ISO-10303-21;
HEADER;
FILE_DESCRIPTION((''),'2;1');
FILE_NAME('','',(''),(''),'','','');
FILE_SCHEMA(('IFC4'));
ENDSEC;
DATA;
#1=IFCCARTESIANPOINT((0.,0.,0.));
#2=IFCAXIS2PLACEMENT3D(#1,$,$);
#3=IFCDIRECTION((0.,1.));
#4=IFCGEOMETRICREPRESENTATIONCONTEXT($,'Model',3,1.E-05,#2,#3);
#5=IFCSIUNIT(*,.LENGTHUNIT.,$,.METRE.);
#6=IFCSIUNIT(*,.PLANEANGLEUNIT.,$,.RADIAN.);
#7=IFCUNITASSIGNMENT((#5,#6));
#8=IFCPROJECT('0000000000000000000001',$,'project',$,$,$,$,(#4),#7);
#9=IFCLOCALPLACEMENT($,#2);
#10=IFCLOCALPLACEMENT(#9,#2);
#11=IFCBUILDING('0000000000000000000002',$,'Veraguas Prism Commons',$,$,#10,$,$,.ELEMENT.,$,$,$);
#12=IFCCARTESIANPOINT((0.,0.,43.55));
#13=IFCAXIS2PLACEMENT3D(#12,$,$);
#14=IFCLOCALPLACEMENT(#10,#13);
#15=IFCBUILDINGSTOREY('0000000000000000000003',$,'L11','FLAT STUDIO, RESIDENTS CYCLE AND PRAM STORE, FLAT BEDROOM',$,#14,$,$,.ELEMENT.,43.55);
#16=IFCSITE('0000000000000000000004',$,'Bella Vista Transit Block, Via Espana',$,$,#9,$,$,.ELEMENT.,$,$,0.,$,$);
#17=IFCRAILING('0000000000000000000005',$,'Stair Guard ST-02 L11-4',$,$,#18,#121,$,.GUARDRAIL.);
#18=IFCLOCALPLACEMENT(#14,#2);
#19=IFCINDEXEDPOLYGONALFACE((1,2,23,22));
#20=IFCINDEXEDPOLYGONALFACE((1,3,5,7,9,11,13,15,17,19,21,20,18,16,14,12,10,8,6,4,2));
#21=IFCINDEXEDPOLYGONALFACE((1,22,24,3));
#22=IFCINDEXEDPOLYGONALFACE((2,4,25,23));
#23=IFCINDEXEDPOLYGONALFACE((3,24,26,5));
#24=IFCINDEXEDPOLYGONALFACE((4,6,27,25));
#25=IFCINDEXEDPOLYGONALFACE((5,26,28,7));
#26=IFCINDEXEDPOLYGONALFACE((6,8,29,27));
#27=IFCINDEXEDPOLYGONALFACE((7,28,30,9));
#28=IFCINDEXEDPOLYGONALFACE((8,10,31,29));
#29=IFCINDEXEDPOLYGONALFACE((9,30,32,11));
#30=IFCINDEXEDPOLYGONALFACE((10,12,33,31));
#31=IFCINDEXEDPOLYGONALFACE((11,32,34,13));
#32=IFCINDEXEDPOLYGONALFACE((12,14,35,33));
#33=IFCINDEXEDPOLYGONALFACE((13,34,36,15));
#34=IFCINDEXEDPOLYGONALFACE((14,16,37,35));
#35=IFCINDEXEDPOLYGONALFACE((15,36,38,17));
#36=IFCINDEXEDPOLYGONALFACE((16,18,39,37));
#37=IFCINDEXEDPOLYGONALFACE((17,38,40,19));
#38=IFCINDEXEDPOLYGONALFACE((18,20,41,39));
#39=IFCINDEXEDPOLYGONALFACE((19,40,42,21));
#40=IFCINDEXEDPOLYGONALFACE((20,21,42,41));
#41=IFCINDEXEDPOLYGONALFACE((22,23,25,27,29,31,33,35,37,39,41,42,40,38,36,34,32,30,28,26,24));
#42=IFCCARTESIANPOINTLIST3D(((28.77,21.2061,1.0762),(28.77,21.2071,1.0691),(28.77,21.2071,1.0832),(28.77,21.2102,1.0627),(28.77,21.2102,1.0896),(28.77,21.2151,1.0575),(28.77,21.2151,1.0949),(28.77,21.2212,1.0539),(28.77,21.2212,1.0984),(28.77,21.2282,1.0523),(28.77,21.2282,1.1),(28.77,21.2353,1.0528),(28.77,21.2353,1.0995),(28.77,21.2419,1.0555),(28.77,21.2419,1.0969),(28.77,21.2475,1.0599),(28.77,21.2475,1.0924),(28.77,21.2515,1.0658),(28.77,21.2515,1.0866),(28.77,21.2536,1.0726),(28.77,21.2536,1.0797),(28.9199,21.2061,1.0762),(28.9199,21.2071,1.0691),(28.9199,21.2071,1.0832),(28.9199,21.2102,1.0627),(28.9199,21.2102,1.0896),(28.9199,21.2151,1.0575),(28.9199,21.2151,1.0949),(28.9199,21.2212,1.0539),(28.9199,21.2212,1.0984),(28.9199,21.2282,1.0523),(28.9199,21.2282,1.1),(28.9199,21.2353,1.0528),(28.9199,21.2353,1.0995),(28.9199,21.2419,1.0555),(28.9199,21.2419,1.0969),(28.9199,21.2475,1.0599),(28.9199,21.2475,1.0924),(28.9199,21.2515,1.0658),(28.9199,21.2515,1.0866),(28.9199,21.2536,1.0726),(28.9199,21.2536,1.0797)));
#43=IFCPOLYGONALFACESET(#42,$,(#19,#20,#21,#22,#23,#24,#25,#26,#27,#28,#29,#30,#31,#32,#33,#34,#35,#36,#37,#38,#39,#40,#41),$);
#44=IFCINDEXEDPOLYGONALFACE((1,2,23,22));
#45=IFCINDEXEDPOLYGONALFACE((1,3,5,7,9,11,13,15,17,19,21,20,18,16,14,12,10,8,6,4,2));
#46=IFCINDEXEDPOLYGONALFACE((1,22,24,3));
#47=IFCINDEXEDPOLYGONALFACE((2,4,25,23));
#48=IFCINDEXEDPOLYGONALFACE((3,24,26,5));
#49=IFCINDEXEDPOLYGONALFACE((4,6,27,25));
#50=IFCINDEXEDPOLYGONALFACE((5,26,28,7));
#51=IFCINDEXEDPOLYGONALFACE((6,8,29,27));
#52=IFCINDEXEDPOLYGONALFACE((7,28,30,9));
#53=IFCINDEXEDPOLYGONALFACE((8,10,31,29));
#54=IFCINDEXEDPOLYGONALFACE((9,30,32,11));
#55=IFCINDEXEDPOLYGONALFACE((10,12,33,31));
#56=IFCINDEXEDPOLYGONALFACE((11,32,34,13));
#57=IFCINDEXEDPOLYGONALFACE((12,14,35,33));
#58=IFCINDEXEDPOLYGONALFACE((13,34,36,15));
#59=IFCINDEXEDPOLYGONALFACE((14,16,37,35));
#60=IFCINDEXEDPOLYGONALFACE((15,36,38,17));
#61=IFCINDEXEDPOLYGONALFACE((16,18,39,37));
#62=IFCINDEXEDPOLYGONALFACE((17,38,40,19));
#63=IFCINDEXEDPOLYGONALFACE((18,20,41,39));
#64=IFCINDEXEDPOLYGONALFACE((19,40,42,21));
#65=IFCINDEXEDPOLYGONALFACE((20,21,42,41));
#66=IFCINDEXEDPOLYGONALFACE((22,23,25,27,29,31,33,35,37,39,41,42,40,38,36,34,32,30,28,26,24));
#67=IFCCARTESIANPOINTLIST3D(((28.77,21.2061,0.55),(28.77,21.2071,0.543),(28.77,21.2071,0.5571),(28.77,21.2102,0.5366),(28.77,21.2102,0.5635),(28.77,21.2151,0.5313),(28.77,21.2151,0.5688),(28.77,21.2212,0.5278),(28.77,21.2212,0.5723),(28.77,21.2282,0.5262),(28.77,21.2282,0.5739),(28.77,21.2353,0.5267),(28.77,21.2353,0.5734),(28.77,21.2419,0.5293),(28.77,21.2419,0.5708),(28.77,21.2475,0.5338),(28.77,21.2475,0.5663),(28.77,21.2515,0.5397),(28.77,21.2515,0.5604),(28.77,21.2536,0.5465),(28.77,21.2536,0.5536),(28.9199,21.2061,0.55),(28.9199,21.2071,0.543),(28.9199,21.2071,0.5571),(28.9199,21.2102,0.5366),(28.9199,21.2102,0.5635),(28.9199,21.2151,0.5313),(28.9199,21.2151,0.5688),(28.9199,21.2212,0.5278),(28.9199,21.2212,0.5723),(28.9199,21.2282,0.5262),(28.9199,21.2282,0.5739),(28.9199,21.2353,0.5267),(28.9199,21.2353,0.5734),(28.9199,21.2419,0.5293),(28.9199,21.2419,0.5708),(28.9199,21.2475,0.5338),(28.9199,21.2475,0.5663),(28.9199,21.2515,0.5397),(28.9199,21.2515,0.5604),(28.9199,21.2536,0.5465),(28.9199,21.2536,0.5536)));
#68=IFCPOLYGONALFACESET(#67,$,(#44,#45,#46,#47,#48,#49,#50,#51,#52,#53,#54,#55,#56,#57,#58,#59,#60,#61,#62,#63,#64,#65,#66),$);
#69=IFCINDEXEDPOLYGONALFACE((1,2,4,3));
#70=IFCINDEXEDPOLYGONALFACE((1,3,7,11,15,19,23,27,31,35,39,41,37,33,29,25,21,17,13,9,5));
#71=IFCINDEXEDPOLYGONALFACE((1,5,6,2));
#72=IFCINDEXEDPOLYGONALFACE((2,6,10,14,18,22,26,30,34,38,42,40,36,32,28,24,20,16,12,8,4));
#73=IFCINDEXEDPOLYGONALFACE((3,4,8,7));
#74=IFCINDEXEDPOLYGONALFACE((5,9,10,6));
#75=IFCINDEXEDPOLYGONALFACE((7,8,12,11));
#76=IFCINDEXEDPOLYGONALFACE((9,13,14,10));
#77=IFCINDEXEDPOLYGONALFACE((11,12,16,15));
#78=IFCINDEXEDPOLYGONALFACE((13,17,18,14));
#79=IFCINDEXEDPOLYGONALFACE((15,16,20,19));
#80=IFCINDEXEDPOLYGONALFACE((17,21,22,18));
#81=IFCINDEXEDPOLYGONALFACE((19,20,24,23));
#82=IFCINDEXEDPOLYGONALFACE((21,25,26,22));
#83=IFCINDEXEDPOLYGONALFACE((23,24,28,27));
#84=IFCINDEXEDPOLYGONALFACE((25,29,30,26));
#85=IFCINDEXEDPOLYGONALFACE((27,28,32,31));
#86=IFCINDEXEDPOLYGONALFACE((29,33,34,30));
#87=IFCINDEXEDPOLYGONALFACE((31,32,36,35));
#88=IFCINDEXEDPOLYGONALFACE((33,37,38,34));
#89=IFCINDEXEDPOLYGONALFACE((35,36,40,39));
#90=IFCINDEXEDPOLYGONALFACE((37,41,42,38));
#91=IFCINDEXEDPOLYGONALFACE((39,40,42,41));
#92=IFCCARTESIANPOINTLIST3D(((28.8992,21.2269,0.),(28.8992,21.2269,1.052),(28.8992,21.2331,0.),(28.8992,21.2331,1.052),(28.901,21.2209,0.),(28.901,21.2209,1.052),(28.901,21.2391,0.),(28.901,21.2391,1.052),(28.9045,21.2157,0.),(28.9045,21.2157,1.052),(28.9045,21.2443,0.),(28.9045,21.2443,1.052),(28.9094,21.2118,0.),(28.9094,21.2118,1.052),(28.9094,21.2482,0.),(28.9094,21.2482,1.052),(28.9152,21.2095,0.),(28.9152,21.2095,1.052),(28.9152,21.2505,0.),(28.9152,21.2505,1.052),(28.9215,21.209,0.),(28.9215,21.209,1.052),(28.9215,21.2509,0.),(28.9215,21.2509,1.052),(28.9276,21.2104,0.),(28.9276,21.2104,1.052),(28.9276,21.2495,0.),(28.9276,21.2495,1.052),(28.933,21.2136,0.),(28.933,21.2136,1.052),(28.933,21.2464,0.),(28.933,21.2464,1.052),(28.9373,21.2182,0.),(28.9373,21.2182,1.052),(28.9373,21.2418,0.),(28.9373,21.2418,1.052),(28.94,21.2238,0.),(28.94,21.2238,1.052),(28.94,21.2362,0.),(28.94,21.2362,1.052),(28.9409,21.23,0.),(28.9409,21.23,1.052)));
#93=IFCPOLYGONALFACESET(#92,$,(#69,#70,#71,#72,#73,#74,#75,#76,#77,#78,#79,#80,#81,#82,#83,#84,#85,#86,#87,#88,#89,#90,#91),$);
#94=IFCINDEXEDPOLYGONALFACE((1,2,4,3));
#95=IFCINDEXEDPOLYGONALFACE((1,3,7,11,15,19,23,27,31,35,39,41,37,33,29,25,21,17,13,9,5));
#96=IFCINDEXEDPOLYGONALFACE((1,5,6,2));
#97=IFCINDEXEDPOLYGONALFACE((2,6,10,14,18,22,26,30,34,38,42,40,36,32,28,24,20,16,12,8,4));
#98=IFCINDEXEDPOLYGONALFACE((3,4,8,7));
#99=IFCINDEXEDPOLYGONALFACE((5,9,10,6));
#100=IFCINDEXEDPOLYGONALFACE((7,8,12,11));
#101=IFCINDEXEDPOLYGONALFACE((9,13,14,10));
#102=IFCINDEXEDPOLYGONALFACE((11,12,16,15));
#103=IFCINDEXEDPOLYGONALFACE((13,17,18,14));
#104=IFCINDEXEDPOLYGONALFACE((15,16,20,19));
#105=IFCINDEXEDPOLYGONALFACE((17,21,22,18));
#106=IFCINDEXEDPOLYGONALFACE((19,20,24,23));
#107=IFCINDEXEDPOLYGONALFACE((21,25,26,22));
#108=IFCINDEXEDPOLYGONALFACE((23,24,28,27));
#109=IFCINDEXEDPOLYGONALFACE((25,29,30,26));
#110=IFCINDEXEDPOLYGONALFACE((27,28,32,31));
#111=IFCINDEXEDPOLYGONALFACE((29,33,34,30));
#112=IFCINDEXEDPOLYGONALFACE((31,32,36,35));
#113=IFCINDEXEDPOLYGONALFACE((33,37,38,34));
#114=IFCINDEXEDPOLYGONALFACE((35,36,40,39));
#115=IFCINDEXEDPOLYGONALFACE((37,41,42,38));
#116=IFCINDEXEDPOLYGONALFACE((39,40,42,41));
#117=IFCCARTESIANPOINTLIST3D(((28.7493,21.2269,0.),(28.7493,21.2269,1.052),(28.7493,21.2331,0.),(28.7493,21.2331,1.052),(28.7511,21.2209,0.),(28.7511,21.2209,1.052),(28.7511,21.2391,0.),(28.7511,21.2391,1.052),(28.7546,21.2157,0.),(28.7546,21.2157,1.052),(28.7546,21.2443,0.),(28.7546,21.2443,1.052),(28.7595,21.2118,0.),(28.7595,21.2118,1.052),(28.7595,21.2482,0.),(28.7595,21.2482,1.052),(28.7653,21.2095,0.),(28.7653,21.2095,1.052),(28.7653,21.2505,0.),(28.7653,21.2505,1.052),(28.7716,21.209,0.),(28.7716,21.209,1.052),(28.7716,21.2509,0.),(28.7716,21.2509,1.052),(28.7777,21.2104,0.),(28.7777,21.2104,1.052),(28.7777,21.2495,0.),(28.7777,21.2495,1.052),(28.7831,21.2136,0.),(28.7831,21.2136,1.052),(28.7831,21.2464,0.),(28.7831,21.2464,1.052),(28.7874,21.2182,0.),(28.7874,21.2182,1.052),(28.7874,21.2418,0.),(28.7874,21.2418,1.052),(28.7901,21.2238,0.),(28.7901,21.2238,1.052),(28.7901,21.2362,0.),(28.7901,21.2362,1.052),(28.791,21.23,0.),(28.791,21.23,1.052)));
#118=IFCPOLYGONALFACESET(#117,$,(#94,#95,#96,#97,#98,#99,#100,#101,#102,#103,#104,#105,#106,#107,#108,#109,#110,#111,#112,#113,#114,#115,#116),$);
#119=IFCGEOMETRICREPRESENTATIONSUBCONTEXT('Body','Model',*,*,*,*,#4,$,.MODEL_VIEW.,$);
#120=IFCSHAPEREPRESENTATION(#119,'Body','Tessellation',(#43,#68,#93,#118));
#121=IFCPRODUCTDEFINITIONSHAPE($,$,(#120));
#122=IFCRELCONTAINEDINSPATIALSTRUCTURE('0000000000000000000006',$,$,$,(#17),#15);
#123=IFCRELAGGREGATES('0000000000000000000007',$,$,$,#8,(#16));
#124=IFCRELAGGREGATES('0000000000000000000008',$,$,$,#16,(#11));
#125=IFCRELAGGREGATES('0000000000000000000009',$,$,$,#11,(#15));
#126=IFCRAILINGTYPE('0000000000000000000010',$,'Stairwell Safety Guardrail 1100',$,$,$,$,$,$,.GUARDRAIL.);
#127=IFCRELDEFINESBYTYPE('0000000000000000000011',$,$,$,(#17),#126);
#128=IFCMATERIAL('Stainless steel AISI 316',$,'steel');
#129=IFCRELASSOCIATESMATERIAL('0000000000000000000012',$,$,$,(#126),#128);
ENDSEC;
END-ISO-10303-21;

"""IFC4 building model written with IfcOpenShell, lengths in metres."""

from ifc_helpers import new_model, si_unit, direction, frame, origin, origin_2d, place, context, subcontext, project, spatial, circle, extrude, material, type_object, element, save


model = new_model("IFC4")

# Units and contexts
model_context = context("Model", 3, precision=1e-05, world=origin(), true_north=direction((0.0, 1.0)))
body_context = subcontext(model_context, "Body", "Model", "MODEL_VIEW")
ifc_project = project(units=[si_unit("LENGTHUNIT", "METRE"), si_unit("PLANEANGLEUNIT", "RADIAN")], contexts=[model_context])

# Site, building, storey
site_placement = place(None, origin())
site = spatial("IfcSite", under=ifc_project, at=site_placement, Name="Bella Vista Transit Block, Via Espana", CompositionType="ELEMENT", RefElevation=0.0)
building_placement = place(site_placement, origin())
building = spatial("IfcBuilding", under=site, at=building_placement, Name="Veraguas Prism Commons", CompositionType="ELEMENT")
storey_placement = place(building_placement, frame((0.0, 0.0, 43.55)))
storey = spatial("IfcBuildingStorey", under=building, at=storey_placement, Name="L11", Description="FLAT STUDIO, RESIDENTS CYCLE AND PRAM STORE, FLAT BEDROOM", CompositionType="ELEMENT", Elevation=43.55)

# Shared definitions
ifc_material_1 = material(Name="Stainless steel AISI 316", Category="steel")

# Railing
railing_type = type_object("IfcRailingType", Name="Stairwell Safety Guardrail 1100", PredefinedType="GUARDRAIL", material=ifc_material_1)
railing_1_placement = place(storey_placement, frame((28.9199, 21.23, 0.0)))
element("IfcRailing", 1, at=railing_1_placement, inside=storey, type_object=railing_type, Name="Stair Guard ST-02 L11-4", PredefinedType="GUARDRAIL", context=body_context, shape_type="SweptSolid", body=[
    extrude(circle(Radius=0.0239, at=origin_2d()), frame((0.0, 0.0, 1.0762), z_axis=(-1.0, 0.0, 0.0), x_axis=(0.0, -1.0, 0.0)), (0.0, 0.0, 1.0), 0.1499),
    extrude(circle(Radius=0.0239, at=origin_2d()), frame((0.0, 0.0, 0.55), z_axis=(-1.0, 0.0, 0.0), x_axis=(0.0, -1.0, 0.0)), (0.0, 0.0, 1.0), 0.1499),
    extrude(circle(Radius=0.021, at=origin_2d()), origin(), (0.0, 0.0, 1.0), 1.052),
    extrude(circle(Radius=0.021, at=origin_2d()), frame((-0.1499, 0.0, 0.0)), (0.0, 0.0, 1.0), 1.052),
])

save(model, "model.ifc")
